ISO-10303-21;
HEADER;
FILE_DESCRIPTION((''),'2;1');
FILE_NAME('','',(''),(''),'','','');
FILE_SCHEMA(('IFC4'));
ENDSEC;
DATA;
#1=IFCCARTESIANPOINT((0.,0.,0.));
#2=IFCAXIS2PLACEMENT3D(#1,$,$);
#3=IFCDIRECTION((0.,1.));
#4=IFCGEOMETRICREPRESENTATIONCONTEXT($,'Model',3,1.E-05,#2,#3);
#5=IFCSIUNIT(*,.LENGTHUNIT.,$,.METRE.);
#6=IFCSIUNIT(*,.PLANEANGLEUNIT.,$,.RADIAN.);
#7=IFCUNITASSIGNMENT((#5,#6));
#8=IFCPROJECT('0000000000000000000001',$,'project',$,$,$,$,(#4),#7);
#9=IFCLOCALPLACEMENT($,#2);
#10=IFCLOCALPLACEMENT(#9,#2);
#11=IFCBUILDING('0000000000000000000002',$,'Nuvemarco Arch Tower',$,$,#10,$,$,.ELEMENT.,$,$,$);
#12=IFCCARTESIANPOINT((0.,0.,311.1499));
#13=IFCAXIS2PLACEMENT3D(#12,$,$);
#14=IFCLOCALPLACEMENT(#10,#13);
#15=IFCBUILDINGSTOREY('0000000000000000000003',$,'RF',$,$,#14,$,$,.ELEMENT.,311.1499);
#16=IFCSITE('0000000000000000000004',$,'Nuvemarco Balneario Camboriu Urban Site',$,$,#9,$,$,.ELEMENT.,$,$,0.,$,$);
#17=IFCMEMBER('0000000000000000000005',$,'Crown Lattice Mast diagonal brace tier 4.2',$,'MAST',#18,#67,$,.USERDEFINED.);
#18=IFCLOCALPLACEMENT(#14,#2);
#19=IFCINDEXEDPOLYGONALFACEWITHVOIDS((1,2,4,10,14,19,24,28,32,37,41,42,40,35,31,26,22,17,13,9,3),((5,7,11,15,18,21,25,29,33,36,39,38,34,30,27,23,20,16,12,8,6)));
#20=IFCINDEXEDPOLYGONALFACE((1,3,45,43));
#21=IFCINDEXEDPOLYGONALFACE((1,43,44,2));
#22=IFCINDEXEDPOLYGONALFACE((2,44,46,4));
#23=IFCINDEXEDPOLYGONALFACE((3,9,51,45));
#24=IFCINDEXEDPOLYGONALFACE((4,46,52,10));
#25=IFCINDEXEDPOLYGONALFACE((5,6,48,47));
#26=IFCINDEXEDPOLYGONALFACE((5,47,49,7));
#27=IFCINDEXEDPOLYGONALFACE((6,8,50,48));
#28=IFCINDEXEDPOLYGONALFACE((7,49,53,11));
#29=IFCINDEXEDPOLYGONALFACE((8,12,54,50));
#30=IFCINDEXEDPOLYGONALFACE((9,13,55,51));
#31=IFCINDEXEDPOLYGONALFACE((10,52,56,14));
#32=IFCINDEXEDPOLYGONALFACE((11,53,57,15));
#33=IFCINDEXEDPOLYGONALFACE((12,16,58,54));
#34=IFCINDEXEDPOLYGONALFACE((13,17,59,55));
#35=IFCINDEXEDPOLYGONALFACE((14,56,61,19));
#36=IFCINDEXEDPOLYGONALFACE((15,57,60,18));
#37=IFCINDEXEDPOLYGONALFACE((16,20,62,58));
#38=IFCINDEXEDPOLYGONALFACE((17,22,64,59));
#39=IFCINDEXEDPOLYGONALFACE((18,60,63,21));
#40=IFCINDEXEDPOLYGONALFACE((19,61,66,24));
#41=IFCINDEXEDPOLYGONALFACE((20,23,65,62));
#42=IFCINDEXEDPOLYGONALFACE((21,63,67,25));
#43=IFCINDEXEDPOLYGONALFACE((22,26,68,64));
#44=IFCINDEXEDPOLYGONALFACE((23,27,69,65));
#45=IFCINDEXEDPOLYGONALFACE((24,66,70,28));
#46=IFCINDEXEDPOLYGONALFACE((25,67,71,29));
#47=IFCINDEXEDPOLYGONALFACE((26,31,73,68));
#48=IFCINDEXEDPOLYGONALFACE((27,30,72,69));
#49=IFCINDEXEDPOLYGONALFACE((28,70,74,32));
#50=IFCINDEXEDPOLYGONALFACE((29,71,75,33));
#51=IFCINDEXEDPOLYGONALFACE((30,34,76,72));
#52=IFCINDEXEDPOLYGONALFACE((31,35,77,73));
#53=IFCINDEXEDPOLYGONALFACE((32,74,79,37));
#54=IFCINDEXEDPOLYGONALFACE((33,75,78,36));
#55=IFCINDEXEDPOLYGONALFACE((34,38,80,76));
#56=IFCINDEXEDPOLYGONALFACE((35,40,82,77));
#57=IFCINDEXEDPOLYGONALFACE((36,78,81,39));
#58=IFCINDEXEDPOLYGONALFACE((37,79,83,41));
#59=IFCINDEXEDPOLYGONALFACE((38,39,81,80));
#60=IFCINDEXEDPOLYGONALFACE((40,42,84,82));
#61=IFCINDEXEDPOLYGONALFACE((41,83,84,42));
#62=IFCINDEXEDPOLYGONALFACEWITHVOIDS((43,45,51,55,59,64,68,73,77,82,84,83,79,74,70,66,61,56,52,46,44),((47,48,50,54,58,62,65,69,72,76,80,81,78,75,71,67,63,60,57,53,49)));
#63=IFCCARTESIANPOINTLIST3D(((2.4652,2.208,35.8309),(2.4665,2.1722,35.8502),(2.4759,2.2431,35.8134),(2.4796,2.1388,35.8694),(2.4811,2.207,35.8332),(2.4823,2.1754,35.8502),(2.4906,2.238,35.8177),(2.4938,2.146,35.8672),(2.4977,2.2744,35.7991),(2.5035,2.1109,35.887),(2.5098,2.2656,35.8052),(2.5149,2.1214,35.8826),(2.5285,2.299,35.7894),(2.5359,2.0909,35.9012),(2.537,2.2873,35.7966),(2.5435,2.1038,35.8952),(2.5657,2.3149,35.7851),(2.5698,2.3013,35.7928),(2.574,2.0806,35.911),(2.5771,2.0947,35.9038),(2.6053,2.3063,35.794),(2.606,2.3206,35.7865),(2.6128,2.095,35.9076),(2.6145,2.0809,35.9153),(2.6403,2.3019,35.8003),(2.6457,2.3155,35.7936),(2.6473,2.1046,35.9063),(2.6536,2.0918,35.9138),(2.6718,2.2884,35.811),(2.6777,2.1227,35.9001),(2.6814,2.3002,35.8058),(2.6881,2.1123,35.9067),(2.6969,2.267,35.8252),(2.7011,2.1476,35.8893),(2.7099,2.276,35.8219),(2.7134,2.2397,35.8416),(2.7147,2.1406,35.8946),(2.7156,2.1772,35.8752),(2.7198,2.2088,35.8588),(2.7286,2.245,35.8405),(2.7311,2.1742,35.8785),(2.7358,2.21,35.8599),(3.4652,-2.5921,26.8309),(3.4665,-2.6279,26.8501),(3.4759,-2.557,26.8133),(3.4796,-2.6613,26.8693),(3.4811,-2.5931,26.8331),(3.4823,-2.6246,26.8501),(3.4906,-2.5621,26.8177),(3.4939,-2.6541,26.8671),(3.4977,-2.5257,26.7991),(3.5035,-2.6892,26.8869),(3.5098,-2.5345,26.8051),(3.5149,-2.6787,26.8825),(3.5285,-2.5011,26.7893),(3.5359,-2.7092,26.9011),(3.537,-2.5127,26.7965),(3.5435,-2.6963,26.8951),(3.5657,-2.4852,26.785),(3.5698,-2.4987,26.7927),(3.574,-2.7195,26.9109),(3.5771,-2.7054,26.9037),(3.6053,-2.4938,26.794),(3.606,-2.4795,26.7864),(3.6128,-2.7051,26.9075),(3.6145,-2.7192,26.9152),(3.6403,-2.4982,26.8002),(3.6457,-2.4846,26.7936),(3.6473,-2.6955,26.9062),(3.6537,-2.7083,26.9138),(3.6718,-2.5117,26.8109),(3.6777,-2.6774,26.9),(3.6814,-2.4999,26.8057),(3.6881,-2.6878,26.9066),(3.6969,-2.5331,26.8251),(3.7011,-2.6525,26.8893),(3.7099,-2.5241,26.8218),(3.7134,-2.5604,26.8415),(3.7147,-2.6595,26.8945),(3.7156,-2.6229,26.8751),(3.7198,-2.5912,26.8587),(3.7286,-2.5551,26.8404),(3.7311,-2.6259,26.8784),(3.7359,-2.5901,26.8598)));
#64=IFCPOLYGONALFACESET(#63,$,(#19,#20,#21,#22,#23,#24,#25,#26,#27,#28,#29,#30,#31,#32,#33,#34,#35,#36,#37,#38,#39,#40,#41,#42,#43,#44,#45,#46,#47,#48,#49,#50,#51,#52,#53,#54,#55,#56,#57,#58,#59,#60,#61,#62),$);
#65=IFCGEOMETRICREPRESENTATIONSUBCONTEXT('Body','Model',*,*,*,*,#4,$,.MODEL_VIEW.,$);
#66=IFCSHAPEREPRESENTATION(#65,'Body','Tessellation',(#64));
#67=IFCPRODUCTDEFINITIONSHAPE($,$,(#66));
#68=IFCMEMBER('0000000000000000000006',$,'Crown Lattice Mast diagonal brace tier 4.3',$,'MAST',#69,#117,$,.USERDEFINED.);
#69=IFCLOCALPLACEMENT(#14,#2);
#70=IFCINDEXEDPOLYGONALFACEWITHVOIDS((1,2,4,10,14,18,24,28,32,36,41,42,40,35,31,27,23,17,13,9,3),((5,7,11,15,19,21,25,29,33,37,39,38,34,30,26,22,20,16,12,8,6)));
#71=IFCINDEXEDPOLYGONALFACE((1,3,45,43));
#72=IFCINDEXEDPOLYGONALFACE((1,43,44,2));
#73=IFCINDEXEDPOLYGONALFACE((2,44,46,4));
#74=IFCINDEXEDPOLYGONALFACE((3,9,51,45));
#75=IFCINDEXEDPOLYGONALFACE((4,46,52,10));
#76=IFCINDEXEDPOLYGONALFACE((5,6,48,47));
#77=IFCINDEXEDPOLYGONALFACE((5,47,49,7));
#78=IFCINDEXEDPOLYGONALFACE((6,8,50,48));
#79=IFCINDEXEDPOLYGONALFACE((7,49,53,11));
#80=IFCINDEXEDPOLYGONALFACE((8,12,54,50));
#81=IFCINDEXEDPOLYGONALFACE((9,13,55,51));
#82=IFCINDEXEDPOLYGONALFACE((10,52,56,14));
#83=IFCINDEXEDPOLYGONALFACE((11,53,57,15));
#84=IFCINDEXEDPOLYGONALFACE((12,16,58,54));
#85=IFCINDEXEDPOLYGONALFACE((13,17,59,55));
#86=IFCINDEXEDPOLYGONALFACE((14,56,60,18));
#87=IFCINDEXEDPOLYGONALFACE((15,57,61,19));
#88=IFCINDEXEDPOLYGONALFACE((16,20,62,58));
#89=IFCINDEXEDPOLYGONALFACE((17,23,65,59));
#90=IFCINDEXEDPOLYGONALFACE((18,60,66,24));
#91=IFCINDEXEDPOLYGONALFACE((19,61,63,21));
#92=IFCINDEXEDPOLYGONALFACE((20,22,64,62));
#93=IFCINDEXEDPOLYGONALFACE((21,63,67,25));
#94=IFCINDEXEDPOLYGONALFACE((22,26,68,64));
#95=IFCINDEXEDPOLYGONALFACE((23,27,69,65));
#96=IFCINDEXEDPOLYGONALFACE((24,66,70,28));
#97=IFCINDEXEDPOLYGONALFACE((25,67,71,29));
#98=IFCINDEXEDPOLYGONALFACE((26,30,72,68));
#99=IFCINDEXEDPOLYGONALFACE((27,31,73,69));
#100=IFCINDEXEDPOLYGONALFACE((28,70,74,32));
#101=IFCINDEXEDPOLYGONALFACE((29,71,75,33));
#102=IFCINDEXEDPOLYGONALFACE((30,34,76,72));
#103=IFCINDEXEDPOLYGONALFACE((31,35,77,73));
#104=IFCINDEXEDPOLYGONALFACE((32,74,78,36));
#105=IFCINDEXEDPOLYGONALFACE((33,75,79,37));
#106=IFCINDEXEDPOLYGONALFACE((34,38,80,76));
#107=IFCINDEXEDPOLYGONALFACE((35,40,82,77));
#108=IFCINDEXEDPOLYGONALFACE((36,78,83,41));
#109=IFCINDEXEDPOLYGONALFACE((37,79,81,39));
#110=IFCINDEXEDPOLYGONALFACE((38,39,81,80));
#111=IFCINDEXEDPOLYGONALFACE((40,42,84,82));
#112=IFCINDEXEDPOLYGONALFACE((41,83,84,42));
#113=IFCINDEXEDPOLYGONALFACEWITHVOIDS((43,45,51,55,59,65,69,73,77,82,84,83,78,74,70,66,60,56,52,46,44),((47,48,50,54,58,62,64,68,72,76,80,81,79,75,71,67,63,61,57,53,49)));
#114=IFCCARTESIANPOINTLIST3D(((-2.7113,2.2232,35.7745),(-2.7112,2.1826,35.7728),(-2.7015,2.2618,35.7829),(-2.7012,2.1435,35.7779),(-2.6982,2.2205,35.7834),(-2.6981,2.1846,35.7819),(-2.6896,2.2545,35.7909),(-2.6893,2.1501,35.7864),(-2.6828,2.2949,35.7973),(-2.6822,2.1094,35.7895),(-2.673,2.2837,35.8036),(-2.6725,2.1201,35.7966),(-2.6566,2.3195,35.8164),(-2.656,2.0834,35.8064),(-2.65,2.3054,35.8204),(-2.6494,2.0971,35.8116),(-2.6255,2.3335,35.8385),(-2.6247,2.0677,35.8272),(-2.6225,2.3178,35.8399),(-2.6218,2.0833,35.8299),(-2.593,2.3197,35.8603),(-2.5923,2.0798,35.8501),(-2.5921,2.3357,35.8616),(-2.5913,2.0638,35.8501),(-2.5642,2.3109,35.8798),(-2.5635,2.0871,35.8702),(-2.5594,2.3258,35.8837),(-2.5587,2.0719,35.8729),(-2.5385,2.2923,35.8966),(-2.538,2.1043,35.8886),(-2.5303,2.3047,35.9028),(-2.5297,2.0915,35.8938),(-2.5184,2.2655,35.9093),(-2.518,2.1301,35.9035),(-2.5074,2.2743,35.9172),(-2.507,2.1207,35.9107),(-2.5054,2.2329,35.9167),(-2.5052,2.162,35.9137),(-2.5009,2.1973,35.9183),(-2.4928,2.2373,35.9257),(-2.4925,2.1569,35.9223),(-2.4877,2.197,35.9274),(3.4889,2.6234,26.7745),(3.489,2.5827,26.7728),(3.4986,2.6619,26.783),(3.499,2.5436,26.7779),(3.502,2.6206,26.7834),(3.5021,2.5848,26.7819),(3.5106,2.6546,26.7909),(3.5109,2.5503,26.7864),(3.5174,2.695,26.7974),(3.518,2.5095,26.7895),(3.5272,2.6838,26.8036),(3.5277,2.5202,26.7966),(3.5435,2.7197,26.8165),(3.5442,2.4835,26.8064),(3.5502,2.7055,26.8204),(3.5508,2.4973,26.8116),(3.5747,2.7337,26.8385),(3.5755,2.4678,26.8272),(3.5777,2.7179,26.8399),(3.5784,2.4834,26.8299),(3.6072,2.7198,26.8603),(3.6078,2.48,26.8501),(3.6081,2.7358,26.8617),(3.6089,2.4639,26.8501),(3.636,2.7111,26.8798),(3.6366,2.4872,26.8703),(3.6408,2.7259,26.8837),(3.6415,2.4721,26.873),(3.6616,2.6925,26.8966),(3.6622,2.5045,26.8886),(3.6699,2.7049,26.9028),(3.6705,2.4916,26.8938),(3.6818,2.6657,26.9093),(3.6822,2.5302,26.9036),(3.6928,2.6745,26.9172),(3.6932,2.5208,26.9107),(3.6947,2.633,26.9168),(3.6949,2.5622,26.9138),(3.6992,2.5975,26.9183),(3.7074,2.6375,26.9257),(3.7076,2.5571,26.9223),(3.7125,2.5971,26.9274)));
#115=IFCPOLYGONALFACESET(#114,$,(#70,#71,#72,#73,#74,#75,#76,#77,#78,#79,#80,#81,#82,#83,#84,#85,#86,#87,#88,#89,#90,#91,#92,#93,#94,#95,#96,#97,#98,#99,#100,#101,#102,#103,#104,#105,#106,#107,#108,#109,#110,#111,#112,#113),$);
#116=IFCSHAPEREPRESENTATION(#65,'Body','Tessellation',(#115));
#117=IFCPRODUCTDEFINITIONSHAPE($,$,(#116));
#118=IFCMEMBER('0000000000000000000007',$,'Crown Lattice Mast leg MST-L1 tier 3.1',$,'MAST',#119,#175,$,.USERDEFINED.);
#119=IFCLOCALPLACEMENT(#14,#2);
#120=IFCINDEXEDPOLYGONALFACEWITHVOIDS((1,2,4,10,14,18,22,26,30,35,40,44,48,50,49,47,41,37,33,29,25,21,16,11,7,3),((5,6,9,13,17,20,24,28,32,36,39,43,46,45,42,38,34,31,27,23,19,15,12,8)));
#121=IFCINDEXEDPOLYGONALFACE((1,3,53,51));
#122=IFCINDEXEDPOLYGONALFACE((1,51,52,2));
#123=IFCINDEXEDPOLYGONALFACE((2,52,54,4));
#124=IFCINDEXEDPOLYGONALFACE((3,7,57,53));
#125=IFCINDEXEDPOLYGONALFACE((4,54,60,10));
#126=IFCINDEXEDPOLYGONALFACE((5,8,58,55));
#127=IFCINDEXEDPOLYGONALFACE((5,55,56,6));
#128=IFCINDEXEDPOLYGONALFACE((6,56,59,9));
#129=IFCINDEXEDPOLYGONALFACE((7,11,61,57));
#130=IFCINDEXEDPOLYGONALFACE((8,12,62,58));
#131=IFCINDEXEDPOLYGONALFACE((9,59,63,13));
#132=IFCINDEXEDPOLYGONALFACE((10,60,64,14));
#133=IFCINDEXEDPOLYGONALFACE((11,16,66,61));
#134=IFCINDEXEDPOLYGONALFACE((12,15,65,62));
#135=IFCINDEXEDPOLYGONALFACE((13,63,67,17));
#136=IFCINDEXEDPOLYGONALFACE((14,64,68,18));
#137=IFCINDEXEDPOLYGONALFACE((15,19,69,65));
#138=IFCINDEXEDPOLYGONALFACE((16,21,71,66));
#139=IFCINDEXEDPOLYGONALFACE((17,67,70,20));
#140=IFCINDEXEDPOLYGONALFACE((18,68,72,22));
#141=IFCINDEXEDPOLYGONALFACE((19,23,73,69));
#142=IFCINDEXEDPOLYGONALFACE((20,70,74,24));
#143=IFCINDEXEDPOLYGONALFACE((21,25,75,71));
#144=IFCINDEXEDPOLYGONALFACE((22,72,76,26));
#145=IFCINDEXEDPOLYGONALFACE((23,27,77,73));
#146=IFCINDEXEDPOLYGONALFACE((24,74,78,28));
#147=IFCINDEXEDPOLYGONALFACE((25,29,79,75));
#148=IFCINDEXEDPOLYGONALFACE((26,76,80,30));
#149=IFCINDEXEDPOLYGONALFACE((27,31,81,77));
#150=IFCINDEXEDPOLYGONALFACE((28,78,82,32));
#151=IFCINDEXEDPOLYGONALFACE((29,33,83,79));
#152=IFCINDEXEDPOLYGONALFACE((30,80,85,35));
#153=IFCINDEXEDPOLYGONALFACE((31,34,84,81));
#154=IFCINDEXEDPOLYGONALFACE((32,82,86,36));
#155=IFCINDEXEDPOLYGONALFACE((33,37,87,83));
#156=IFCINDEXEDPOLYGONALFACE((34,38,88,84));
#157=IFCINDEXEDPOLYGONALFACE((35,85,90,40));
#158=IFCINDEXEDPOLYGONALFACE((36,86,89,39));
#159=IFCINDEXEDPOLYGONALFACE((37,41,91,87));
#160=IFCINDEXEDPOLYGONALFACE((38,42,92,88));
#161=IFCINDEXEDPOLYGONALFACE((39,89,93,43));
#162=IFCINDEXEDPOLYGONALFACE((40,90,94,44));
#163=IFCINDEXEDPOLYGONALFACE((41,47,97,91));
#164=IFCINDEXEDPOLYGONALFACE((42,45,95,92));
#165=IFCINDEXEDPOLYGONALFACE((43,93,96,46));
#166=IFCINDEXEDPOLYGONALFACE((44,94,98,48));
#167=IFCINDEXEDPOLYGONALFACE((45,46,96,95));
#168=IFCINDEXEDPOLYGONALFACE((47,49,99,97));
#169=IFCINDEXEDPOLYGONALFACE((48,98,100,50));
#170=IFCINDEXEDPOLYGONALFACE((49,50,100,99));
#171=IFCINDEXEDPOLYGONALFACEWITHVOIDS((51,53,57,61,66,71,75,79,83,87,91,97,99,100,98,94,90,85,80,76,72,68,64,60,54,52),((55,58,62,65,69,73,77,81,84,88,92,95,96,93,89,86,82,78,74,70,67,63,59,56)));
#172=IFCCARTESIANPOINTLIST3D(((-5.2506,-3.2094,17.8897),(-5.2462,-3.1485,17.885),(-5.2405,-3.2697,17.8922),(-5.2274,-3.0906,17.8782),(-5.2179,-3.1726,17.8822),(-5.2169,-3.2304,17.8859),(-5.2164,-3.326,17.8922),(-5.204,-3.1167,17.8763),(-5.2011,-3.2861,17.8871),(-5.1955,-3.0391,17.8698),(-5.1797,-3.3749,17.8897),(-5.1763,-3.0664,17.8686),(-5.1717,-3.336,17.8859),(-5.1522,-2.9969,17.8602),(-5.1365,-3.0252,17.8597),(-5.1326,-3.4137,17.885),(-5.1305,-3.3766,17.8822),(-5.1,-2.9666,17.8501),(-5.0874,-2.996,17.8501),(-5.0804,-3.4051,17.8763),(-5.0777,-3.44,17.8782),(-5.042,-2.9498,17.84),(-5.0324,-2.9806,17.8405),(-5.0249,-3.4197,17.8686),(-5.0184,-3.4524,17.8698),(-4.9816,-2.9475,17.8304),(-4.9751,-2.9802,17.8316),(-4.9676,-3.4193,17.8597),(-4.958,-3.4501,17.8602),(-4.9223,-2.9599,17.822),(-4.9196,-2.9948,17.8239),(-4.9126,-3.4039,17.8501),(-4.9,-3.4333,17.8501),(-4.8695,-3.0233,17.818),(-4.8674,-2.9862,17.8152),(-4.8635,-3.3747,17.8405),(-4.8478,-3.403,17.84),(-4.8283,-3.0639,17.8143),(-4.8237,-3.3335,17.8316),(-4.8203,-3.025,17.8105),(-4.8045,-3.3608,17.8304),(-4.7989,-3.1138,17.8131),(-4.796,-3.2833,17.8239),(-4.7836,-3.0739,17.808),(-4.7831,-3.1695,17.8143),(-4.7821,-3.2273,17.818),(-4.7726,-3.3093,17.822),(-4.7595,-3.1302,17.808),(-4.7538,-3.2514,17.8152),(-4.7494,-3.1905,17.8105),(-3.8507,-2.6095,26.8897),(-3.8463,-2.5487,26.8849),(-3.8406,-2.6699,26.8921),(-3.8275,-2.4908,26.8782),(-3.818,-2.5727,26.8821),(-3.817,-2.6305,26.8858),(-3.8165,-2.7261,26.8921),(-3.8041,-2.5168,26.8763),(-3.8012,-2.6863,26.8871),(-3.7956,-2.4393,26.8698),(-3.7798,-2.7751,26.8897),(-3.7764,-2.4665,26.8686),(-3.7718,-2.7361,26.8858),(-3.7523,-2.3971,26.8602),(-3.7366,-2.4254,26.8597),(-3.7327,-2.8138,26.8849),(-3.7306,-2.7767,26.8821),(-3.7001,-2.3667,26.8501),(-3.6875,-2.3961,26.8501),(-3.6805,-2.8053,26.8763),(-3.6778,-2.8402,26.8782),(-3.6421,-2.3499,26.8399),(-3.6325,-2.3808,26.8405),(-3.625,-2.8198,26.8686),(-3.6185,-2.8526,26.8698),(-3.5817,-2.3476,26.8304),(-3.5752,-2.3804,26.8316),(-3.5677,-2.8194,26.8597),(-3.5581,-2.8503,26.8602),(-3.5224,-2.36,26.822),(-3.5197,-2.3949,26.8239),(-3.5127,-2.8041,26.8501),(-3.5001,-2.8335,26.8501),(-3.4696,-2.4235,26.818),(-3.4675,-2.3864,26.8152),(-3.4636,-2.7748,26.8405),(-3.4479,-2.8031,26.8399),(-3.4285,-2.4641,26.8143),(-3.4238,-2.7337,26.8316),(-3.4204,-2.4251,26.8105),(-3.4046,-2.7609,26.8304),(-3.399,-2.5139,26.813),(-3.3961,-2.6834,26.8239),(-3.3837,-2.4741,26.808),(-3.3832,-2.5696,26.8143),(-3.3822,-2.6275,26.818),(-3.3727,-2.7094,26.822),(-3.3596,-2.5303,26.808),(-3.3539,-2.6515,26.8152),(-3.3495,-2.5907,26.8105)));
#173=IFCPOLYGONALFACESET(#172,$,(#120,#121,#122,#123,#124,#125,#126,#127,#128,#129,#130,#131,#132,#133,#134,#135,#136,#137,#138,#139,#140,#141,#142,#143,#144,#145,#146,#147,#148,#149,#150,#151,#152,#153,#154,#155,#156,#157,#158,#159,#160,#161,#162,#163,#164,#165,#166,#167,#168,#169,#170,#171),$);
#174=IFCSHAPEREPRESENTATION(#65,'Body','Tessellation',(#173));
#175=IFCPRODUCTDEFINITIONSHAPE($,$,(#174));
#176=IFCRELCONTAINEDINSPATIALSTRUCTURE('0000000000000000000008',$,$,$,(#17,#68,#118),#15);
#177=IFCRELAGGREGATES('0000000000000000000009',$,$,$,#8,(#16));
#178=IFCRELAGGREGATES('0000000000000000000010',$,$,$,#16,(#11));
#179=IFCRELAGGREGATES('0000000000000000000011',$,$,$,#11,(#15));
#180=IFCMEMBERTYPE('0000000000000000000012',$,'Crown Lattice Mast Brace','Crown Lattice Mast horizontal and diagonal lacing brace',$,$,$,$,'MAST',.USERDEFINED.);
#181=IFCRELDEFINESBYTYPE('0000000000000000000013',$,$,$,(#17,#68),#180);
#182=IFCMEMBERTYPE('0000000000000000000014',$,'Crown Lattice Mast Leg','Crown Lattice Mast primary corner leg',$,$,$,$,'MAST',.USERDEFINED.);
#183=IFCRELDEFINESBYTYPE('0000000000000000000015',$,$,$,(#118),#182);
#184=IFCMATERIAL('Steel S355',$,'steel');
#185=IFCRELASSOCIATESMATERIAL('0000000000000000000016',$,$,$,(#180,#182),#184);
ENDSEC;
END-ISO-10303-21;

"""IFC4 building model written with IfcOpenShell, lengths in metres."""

from ifc_helpers import new_model, si_unit, direction, frame, origin, origin_2d, place, context, subcontext, project, spatial, hollow_circle, extrude, material, material_profile, profile_set, type_object, element, save


model = new_model("IFC4")

# Units and contexts
model_context = context("Model", 3, precision=1e-05, world=origin(), true_north=direction((0.0, 1.0)))
body_context = subcontext(model_context, "Body", "Model", "MODEL_VIEW")
ifc_project = project(units=[si_unit("LENGTHUNIT", "METRE"), si_unit("PLANEANGLEUNIT", "RADIAN")], contexts=[model_context])

# Site, building, storey
site_placement = place(None, origin())
site = spatial("IfcSite", under=ifc_project, at=site_placement, Name="Nuvemarco Balneario Camboriu Urban Site", CompositionType="ELEMENT", RefElevation=0.0)
building_placement = place(site_placement, origin())
building = spatial("IfcBuilding", under=site, at=building_placement, Name="Nuvemarco Arch Tower", CompositionType="ELEMENT")
storey_placement = place(building_placement, frame((0.0, 0.0, 311.1499)))
storey = spatial("IfcBuildingStorey", under=building, at=storey_placement, Name="RF", CompositionType="ELEMENT", Elevation=311.1499)

# Members
ifc_material = material(Name="Steel S355", Category="steel")
ifc_material_profile_1 = material_profile(ifc_material, hollow_circle(Radius=0.1365, WallThickness=0.0161, at=origin_2d()), Name="CHS273x16")
ifc_profile_set_1 = profile_set([ifc_material_profile_1], Name="Steel S355")
member_type_1 = type_object("IfcMemberType", Name="Crown Lattice Mast Brace", Description="Crown Lattice Mast horizontal and diagonal lacing brace", ElementType="MAST", PredefinedType="USERDEFINED", material=ifc_profile_set_1)
member_1_placement = place(storey_placement, frame((3.6001, -2.6001, 26.8501), z_axis=(-0.097571, 0.468347, 0.878141), x_axis=(-0.978981, -0.203952, 0.0)))
element("IfcMember", 1, at=member_1_placement, inside=storey, type_object=member_type_1, Name="Crown Lattice Mast diagonal brace tier 4.2", ObjectType="MAST", PredefinedType="USERDEFINED", context=body_context, shape_type="SweptSolid", body=[
    extrude(hollow_circle(Radius=0.1365, WallThickness=0.0161, at=origin_2d()), origin(), (0.0, 0.0, 1.0), 10.249),
])
member_2_placement = place(storey_placement, frame((3.6001, 2.6001, 26.8501), z_axis=(-0.566937, -0.036589, 0.822948), x_axis=(0.064404, -0.997924, 0.0)))
element("IfcMember", 2, at=member_2_placement, inside=storey, type_object=member_type_1, Name="Crown Lattice Mast diagonal brace tier 4.3", ObjectType="MAST", PredefinedType="USERDEFINED", context=body_context, shape_type="SweptSolid", body=[
    extrude(hollow_circle(Radius=0.1365, WallThickness=0.0161, at=origin_2d()), origin(), (0.0, 0.0, 1.0), 10.9363),
])
ifc_material_profile_2 = material_profile(ifc_material, hollow_circle(Radius=0.2539, WallThickness=0.032, at=origin_2d()), Name="CHS508x32")
ifc_profile_set_2 = profile_set([ifc_material_profile_2], Name="Steel S355")
member_type_2 = type_object("IfcMemberType", Name="Crown Lattice Mast Leg", Description="Crown Lattice Mast primary corner leg", ElementType="MAST", PredefinedType="USERDEFINED", material=ifc_profile_set_2)
for number, where, z_axis, x_axis, name in (
    (3, (-5.0, -3.2, 17.8501), (0.153364, 0.065716, 0.985982), (-0.393861, 0.91917, 0.0), "Crown Lattice Mast leg MST-L1 tier 3.1"),
):
    element("IfcMember", number, at=place(storey_placement, frame(where, z_axis=z_axis, x_axis=x_axis)), inside=storey, type_object=member_type_2, Name=name, ObjectType="MAST", PredefinedType="USERDEFINED", context=body_context, shape_type="SweptSolid", body=[
        extrude(hollow_circle(Radius=0.2539, WallThickness=0.032, at=origin_2d()), origin(), (0.0, 0.0, 1.0), 9.1279),
    ])

save(model, "model.ifc")
